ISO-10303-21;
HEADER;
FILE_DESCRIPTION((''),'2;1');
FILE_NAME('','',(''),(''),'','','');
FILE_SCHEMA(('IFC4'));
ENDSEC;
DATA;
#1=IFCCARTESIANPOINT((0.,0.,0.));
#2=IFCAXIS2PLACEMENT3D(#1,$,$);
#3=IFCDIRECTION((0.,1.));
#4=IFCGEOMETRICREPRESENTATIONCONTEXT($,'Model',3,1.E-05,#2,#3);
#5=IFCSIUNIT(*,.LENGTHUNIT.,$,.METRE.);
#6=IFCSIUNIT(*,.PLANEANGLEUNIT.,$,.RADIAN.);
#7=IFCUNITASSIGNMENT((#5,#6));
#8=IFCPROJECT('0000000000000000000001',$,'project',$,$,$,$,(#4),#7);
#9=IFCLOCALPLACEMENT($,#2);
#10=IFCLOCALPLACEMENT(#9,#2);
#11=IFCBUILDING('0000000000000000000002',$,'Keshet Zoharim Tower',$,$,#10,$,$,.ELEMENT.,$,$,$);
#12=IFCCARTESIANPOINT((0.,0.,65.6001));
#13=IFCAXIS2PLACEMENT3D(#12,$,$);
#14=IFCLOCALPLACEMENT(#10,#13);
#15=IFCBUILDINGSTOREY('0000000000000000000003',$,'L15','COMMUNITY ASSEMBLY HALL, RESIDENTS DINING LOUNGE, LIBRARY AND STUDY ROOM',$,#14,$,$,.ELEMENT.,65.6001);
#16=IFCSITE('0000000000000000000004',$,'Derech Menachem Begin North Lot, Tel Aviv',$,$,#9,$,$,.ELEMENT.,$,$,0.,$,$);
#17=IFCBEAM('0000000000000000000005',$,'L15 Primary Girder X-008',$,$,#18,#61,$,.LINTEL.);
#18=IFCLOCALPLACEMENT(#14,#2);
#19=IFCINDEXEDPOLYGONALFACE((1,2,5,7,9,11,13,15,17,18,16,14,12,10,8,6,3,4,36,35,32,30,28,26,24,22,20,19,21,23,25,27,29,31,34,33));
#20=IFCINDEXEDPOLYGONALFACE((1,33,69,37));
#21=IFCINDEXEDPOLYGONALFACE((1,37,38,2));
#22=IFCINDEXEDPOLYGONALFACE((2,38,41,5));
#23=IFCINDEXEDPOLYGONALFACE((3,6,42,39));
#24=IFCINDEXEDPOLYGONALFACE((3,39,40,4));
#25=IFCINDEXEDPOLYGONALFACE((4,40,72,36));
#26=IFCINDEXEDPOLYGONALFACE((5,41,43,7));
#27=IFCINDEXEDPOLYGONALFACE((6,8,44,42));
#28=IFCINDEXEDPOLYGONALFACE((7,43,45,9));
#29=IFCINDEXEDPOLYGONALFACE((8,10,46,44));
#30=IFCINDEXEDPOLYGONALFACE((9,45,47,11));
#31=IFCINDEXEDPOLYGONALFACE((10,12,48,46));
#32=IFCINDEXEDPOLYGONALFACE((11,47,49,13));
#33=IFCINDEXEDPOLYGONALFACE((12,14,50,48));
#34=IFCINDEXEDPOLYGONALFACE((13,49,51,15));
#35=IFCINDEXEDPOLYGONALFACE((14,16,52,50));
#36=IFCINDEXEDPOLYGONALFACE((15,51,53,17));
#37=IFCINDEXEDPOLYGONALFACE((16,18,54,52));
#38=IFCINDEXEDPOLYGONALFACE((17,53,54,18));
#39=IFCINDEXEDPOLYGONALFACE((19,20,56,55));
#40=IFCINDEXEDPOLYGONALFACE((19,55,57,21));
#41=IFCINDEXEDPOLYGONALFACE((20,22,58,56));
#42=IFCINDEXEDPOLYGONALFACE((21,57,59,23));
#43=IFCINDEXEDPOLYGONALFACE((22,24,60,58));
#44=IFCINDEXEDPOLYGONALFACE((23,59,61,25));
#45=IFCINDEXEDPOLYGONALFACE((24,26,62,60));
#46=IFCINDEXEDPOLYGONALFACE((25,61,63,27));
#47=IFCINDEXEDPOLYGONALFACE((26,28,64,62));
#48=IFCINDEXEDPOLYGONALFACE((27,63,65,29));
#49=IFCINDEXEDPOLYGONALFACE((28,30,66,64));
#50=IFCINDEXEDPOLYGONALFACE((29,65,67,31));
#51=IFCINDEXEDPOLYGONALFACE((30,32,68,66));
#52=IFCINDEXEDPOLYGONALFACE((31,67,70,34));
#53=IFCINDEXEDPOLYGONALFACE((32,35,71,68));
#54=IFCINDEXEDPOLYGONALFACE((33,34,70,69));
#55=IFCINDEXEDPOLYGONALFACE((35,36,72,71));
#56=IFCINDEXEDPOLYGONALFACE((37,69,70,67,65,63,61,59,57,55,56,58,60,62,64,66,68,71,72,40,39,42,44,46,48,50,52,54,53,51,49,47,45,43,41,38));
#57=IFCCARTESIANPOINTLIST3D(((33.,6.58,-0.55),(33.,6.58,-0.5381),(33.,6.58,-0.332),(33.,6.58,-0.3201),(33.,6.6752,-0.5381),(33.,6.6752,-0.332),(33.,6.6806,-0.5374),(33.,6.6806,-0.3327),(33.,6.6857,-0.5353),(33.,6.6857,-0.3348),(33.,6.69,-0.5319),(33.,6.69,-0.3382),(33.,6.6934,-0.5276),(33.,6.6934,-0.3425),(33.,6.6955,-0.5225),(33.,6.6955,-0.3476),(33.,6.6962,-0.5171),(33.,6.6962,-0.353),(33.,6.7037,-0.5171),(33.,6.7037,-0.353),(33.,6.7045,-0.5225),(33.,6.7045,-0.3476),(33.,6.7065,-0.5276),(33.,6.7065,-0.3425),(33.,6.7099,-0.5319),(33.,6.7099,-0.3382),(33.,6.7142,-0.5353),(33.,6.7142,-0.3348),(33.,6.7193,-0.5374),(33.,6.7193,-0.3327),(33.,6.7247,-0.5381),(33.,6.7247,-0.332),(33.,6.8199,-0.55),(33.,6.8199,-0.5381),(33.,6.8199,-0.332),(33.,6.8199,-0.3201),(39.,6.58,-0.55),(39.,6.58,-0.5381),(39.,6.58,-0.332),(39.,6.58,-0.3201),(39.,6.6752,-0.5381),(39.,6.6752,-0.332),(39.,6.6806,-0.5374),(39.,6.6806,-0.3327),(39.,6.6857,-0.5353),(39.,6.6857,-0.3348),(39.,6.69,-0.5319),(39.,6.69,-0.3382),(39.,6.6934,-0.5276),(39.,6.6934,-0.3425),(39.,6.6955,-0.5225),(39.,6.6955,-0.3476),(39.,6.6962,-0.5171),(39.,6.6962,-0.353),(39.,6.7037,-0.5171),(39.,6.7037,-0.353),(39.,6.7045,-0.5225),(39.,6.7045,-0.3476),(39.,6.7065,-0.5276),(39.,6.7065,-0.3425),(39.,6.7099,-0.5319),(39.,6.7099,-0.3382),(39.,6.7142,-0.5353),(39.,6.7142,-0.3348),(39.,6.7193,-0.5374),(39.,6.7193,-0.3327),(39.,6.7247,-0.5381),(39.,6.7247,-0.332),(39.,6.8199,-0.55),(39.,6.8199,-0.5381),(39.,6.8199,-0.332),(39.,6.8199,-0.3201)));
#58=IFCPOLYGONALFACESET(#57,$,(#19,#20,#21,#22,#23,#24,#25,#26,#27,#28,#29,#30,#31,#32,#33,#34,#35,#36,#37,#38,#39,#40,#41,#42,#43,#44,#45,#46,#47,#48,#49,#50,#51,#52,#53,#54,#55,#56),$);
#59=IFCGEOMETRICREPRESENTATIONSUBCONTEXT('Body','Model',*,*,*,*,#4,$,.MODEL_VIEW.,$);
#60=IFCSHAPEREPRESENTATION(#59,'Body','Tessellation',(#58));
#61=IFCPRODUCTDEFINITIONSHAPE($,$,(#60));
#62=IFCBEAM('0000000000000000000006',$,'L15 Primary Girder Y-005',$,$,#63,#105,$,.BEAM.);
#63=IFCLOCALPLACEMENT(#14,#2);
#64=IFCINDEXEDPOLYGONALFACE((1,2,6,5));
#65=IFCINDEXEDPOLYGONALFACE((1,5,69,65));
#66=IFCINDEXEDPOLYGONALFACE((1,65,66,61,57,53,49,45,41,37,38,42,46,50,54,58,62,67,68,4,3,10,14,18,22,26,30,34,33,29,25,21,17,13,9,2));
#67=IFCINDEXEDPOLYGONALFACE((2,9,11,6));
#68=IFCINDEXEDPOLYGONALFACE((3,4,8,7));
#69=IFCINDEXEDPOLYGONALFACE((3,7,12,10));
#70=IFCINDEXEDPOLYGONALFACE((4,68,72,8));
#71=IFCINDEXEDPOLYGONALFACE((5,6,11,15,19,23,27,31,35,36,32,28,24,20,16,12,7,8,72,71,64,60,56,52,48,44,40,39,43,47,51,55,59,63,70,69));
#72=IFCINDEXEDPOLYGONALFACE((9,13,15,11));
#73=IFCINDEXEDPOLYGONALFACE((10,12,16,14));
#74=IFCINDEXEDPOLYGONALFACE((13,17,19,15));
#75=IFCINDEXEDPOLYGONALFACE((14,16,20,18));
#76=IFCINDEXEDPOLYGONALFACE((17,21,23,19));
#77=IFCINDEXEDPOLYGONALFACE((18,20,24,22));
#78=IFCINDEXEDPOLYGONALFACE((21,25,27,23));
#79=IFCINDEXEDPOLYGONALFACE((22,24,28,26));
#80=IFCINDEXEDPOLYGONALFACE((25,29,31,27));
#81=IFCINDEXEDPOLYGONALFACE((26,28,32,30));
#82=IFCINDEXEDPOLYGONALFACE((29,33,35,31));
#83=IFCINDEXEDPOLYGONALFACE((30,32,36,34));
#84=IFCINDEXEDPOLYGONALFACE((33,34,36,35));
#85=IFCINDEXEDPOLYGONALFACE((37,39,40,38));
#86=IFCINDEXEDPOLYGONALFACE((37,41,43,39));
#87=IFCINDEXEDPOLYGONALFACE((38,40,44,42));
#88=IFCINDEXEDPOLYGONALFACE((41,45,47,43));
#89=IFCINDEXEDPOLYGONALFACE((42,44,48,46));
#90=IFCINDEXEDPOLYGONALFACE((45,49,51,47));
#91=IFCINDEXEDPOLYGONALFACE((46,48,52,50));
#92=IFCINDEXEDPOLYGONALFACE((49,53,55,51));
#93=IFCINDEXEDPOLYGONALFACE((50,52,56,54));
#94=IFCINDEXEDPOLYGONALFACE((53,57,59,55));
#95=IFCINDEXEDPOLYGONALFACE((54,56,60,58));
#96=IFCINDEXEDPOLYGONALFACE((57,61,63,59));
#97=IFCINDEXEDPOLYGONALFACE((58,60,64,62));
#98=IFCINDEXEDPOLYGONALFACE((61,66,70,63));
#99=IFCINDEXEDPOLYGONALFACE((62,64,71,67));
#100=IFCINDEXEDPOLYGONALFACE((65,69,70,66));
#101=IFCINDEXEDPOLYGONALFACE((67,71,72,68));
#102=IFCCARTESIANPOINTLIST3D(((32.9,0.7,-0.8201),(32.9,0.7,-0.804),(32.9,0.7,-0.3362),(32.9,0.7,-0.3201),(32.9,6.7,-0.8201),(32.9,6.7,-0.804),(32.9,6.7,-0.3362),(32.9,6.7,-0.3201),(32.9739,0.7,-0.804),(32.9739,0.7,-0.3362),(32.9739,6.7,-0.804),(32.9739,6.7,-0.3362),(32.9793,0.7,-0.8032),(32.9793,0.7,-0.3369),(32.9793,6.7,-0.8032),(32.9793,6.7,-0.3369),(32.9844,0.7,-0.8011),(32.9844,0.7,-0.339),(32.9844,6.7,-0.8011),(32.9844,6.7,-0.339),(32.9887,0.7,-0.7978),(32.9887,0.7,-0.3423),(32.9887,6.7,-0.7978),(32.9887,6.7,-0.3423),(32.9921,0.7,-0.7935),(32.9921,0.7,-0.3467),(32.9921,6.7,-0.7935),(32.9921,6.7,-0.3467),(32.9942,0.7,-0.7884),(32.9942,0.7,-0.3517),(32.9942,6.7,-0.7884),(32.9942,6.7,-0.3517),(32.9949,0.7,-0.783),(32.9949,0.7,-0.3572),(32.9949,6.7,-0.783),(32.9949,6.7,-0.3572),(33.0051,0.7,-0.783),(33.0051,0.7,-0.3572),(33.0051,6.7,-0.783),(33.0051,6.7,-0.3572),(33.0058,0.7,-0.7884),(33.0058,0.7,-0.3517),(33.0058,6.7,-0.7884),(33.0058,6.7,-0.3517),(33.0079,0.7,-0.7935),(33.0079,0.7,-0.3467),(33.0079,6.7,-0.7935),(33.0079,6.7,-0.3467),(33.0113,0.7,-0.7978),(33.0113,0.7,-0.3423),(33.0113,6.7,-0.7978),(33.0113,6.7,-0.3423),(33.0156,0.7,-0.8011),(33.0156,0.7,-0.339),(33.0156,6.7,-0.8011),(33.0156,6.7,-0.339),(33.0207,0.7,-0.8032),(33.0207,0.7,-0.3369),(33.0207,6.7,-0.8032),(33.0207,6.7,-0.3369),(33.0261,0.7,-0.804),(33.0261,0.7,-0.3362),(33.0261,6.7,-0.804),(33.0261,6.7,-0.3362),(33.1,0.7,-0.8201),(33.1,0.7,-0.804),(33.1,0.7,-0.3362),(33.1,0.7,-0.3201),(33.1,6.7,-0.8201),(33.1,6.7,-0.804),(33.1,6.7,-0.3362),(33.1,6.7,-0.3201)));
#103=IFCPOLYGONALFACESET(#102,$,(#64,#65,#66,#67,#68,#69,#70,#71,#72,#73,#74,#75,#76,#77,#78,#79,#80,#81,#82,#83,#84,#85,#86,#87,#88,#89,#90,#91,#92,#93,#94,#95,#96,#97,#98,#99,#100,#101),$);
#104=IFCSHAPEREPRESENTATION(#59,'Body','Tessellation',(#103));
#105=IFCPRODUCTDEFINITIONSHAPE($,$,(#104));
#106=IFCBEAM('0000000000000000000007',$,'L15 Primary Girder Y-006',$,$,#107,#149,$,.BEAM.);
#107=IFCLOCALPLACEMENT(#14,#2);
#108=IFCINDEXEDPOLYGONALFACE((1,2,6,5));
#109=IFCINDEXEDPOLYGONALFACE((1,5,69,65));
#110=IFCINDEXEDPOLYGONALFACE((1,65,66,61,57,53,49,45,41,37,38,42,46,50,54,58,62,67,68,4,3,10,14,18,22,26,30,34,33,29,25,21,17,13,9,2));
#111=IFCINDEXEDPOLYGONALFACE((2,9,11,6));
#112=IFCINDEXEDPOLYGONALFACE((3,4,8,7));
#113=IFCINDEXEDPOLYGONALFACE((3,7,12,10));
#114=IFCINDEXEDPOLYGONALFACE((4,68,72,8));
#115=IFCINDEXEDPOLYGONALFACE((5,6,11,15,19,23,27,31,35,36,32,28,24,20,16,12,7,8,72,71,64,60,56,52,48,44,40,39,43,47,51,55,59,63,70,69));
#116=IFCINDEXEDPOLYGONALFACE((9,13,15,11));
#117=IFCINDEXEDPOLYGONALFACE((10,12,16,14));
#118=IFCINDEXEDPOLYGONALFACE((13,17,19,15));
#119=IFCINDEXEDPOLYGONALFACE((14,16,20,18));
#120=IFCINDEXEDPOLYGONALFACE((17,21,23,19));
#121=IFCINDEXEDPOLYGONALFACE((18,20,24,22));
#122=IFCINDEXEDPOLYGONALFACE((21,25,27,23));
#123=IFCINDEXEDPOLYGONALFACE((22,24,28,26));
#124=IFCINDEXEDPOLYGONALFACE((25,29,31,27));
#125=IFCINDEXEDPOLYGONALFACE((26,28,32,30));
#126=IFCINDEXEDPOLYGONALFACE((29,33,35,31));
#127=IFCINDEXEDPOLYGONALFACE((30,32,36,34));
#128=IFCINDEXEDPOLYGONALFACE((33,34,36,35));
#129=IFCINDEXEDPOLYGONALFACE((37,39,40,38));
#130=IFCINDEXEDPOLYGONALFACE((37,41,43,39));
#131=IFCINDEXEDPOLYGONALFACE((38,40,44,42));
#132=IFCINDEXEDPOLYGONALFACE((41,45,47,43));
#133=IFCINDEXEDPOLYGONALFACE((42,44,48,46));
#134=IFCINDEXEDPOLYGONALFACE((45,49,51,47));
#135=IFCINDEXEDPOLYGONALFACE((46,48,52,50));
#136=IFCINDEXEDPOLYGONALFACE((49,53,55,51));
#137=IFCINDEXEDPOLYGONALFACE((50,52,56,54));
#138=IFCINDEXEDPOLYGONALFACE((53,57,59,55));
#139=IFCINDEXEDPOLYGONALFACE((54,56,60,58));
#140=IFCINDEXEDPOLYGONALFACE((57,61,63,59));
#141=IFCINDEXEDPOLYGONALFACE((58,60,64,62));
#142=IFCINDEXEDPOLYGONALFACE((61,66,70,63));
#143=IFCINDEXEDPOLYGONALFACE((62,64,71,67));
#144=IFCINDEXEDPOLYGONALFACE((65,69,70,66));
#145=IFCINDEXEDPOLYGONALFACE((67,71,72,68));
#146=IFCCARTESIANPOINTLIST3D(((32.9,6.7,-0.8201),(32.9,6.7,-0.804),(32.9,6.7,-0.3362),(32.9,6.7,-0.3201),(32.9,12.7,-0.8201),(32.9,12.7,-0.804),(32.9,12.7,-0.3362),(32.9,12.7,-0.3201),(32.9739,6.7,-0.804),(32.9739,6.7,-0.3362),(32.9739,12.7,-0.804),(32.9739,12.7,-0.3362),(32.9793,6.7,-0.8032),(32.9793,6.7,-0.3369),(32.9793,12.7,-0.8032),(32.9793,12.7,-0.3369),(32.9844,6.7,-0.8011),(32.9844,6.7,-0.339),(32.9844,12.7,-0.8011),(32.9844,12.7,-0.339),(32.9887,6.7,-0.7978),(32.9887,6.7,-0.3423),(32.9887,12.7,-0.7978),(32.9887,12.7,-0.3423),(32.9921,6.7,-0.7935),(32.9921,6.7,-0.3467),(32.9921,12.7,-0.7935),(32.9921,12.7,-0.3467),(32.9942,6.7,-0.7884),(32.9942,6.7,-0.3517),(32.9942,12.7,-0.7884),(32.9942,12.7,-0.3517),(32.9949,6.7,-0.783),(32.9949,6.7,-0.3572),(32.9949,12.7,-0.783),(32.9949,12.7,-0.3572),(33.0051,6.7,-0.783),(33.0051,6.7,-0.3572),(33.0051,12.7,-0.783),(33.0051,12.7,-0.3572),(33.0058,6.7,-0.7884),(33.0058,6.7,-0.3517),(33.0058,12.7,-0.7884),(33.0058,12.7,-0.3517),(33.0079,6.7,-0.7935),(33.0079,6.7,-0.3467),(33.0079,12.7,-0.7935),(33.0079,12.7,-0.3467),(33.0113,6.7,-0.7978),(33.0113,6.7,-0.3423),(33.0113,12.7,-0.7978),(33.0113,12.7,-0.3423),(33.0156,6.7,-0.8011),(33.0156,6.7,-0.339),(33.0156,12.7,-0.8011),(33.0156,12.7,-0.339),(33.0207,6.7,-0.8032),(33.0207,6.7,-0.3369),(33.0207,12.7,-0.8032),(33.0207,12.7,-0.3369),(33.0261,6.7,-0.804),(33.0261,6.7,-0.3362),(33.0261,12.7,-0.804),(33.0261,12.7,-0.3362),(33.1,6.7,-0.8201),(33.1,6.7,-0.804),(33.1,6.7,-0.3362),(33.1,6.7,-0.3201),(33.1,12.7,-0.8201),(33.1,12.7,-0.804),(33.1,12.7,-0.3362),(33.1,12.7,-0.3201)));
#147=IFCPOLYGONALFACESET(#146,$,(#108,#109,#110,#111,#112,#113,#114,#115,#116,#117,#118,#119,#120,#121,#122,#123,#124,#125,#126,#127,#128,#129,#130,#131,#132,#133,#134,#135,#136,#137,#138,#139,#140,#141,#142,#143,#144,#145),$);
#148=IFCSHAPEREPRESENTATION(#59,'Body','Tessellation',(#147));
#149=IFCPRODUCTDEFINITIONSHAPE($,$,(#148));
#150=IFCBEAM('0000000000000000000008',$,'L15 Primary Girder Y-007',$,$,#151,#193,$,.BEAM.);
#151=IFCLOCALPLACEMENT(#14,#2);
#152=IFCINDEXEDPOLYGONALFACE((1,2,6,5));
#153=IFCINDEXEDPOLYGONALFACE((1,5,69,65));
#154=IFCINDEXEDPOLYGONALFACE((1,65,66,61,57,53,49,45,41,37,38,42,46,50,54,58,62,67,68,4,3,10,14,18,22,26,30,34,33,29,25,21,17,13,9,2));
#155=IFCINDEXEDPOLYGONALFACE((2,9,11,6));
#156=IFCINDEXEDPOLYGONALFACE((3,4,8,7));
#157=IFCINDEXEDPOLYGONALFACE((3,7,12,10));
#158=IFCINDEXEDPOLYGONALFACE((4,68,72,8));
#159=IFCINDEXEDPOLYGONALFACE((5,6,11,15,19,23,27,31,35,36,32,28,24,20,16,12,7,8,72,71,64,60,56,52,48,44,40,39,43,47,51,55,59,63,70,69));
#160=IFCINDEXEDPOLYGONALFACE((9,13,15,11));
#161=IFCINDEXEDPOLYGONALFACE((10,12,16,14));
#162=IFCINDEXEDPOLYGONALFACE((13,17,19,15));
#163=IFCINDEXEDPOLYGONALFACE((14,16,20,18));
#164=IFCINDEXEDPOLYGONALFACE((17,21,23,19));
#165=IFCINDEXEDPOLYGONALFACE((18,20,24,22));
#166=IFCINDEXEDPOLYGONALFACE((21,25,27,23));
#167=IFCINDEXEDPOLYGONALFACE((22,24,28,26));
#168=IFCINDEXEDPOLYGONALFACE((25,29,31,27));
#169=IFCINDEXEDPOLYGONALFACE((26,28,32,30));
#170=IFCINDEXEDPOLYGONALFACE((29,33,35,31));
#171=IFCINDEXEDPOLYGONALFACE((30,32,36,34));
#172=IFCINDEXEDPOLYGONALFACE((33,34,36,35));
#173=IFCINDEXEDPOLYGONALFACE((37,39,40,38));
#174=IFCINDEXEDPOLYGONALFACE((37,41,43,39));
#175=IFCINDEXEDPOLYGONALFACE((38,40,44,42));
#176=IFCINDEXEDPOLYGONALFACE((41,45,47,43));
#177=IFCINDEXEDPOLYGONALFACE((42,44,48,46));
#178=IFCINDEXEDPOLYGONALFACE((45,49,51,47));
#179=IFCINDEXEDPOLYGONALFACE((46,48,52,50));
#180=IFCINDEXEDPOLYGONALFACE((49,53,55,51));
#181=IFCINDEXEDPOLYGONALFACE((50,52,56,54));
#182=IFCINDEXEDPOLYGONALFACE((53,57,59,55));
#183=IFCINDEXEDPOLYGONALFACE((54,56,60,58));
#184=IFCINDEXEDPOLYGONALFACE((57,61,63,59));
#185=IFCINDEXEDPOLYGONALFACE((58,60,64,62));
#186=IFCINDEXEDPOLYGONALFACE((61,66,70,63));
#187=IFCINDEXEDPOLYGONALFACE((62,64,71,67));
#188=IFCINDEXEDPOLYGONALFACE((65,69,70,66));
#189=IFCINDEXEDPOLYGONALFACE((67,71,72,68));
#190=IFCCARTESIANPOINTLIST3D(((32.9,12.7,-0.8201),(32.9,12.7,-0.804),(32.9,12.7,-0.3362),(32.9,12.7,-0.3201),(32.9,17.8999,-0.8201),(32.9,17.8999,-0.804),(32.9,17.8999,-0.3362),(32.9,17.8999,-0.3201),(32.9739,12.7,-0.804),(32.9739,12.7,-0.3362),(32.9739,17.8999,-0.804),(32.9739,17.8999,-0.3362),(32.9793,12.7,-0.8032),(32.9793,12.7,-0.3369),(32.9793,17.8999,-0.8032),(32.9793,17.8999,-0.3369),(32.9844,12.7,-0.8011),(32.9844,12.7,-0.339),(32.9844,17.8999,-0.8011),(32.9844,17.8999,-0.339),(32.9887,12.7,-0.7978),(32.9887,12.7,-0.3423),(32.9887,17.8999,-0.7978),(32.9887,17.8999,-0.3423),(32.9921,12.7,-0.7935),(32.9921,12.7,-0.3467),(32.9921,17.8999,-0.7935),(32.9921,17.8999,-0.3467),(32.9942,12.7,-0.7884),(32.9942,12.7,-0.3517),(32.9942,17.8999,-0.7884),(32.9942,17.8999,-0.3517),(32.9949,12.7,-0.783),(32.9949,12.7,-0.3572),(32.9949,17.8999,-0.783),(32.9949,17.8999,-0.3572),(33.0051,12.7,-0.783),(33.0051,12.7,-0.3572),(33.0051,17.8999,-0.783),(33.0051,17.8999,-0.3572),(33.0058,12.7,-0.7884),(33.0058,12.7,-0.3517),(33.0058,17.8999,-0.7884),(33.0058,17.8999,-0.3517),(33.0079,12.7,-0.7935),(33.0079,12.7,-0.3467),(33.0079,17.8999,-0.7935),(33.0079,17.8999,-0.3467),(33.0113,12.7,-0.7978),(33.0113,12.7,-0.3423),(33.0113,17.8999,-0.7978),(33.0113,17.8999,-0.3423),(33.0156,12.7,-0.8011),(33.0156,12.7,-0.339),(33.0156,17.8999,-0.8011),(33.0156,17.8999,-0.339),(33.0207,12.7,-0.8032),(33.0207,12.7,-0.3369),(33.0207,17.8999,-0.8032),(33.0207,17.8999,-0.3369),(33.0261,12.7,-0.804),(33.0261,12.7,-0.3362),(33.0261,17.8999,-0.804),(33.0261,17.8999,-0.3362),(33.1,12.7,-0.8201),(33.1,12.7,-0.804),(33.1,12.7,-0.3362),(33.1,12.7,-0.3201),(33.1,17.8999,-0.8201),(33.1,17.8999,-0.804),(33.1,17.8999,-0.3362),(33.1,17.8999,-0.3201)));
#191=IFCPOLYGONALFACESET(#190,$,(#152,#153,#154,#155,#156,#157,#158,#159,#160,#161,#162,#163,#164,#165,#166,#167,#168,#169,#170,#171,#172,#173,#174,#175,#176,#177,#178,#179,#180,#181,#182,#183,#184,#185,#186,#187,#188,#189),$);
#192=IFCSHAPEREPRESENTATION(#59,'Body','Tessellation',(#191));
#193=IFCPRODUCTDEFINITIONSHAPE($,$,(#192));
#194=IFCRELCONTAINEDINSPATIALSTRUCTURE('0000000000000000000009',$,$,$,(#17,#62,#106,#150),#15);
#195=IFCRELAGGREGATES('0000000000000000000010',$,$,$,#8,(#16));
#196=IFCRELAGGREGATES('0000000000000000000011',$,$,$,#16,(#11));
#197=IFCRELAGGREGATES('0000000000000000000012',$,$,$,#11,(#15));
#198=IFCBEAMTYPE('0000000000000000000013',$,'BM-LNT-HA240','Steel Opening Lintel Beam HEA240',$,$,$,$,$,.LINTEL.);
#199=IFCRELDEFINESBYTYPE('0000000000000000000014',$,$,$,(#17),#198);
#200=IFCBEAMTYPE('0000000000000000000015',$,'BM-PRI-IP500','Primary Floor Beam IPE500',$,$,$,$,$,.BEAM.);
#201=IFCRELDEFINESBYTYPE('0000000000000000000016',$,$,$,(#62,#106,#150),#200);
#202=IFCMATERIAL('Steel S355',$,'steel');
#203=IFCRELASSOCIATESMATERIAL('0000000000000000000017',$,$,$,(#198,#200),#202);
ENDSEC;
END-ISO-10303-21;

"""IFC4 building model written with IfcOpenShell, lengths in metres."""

from ifc_helpers import new_model, si_unit, direction, frame, origin, origin_2d, place, context, subcontext, project, spatial, i_section, extrude, material, material_profile, profile_set, type_object, element, save


model = new_model("IFC4")

# Units and contexts
model_context = context("Model", 3, precision=1e-05, world=origin(), true_north=direction((0.0, 1.0)))
body_context = subcontext(model_context, "Body", "Model", "MODEL_VIEW")
ifc_project = project(units=[si_unit("LENGTHUNIT", "METRE"), si_unit("PLANEANGLEUNIT", "RADIAN")], contexts=[model_context])

# Site, building, storey
site_placement = place(None, origin())
site = spatial("IfcSite", under=ifc_project, at=site_placement, Name="Derech Menachem Begin North Lot, Tel Aviv", CompositionType="ELEMENT", RefElevation=0.0)
building_placement = place(site_placement, origin())
building = spatial("IfcBuilding", under=site, at=building_placement, Name="Keshet Zoharim Tower", CompositionType="ELEMENT")
storey_placement = place(building_placement, frame((0.0, 0.0, 65.6001)))
storey = spatial("IfcBuildingStorey", under=building, at=storey_placement, Name="L15", Description="COMMUNITY ASSEMBLY HALL, RESIDENTS DINING LOUNGE, LIBRARY AND STUDY ROOM", CompositionType="ELEMENT", Elevation=65.6001)

# Shared definitions
ifc_material_1 = material(Name="Steel S355", Category="steel")

# Beams
ifc_material_profile_1 = material_profile(ifc_material_1, i_section(OverallWidth=0.24, OverallDepth=0.23, WebThickness=0.0076, FlangeThickness=0.012, FilletRadius=0.021, at=origin_2d()), Name="HEA240")
ifc_profile_set_1 = profile_set([ifc_material_profile_1], Name="Steel S355")
beam_type_1 = type_object("IfcBeamType", Name="BM-LNT-HA240", Description="Steel Opening Lintel Beam HEA240", PredefinedType="LINTEL", material=ifc_profile_set_1)
beam_1_placement = place(storey_placement, frame((33.0, 6.7, -0.4351), z_axis=(1.0, 0.0, 0.0), x_axis=(0.0, 1.0, 0.0)))
element("IfcBeam", 1, at=beam_1_placement, inside=storey, type_object=beam_type_1, Name="L15 Primary Girder X-008", PredefinedType="LINTEL", context=body_context, shape_type="SweptSolid", body=[
    extrude(i_section(OverallWidth=0.24, OverallDepth=0.23, WebThickness=0.0076, FlangeThickness=0.012, FilletRadius=0.021, at=origin_2d()), origin(), (0.0, 0.0, 1.0), 6.0),
])
ifc_material_profile_2 = material_profile(ifc_material_1, i_section(OverallWidth=0.2, OverallDepth=0.5, WebThickness=0.0103, FlangeThickness=0.0161, FilletRadius=0.021, at=origin_2d()), Name="IPE500")
ifc_profile_set_2 = profile_set([ifc_material_profile_2], Name="Steel S355")
beam_type_2 = type_object("IfcBeamType", Name="BM-PRI-IP500", Description="Primary Floor Beam IPE500", PredefinedType="BEAM", material=ifc_profile_set_2)
for number, where, z_axis, x_axis, name in (
    (2, (33.0, 0.7, -0.5701), (0.0, 1.0, 0.0), (-1.0, 0.0, 0.0), "L15 Primary Girder Y-005"),
    (3, (33.0, 6.7, -0.5701), (0.0, 1.0, 0.0), (-1.0, 0.0, 0.0), "L15 Primary Girder Y-006"),
):
    element("IfcBeam", number, at=place(storey_placement, frame(where, z_axis=z_axis, x_axis=x_axis)), inside=storey, type_object=beam_type_2, Name=name, PredefinedType="BEAM", context=body_context, shape_type="SweptSolid", body=[
        extrude(i_section(OverallWidth=0.2, OverallDepth=0.5, WebThickness=0.0103, FlangeThickness=0.0161, FilletRadius=0.021, at=origin_2d()), origin(), (0.0, 0.0, 1.0), 6.0),
    ])
beam_2_placement = place(storey_placement, frame((33.0, 12.7, -0.5701), z_axis=(0.0, 1.0, 0.0), x_axis=(-1.0, 0.0, 0.0)))
element("IfcBeam", 4, at=beam_2_placement, inside=storey, type_object=beam_type_2, Name="L15 Primary Girder Y-007", PredefinedType="BEAM", context=body_context, shape_type="SweptSolid", body=[
    extrude(i_section(OverallWidth=0.2, OverallDepth=0.5, WebThickness=0.0103, FlangeThickness=0.0161, FilletRadius=0.021, at=origin_2d()), origin(), (0.0, 0.0, 1.0), 5.2),
])

save(model, "model.ifc")
